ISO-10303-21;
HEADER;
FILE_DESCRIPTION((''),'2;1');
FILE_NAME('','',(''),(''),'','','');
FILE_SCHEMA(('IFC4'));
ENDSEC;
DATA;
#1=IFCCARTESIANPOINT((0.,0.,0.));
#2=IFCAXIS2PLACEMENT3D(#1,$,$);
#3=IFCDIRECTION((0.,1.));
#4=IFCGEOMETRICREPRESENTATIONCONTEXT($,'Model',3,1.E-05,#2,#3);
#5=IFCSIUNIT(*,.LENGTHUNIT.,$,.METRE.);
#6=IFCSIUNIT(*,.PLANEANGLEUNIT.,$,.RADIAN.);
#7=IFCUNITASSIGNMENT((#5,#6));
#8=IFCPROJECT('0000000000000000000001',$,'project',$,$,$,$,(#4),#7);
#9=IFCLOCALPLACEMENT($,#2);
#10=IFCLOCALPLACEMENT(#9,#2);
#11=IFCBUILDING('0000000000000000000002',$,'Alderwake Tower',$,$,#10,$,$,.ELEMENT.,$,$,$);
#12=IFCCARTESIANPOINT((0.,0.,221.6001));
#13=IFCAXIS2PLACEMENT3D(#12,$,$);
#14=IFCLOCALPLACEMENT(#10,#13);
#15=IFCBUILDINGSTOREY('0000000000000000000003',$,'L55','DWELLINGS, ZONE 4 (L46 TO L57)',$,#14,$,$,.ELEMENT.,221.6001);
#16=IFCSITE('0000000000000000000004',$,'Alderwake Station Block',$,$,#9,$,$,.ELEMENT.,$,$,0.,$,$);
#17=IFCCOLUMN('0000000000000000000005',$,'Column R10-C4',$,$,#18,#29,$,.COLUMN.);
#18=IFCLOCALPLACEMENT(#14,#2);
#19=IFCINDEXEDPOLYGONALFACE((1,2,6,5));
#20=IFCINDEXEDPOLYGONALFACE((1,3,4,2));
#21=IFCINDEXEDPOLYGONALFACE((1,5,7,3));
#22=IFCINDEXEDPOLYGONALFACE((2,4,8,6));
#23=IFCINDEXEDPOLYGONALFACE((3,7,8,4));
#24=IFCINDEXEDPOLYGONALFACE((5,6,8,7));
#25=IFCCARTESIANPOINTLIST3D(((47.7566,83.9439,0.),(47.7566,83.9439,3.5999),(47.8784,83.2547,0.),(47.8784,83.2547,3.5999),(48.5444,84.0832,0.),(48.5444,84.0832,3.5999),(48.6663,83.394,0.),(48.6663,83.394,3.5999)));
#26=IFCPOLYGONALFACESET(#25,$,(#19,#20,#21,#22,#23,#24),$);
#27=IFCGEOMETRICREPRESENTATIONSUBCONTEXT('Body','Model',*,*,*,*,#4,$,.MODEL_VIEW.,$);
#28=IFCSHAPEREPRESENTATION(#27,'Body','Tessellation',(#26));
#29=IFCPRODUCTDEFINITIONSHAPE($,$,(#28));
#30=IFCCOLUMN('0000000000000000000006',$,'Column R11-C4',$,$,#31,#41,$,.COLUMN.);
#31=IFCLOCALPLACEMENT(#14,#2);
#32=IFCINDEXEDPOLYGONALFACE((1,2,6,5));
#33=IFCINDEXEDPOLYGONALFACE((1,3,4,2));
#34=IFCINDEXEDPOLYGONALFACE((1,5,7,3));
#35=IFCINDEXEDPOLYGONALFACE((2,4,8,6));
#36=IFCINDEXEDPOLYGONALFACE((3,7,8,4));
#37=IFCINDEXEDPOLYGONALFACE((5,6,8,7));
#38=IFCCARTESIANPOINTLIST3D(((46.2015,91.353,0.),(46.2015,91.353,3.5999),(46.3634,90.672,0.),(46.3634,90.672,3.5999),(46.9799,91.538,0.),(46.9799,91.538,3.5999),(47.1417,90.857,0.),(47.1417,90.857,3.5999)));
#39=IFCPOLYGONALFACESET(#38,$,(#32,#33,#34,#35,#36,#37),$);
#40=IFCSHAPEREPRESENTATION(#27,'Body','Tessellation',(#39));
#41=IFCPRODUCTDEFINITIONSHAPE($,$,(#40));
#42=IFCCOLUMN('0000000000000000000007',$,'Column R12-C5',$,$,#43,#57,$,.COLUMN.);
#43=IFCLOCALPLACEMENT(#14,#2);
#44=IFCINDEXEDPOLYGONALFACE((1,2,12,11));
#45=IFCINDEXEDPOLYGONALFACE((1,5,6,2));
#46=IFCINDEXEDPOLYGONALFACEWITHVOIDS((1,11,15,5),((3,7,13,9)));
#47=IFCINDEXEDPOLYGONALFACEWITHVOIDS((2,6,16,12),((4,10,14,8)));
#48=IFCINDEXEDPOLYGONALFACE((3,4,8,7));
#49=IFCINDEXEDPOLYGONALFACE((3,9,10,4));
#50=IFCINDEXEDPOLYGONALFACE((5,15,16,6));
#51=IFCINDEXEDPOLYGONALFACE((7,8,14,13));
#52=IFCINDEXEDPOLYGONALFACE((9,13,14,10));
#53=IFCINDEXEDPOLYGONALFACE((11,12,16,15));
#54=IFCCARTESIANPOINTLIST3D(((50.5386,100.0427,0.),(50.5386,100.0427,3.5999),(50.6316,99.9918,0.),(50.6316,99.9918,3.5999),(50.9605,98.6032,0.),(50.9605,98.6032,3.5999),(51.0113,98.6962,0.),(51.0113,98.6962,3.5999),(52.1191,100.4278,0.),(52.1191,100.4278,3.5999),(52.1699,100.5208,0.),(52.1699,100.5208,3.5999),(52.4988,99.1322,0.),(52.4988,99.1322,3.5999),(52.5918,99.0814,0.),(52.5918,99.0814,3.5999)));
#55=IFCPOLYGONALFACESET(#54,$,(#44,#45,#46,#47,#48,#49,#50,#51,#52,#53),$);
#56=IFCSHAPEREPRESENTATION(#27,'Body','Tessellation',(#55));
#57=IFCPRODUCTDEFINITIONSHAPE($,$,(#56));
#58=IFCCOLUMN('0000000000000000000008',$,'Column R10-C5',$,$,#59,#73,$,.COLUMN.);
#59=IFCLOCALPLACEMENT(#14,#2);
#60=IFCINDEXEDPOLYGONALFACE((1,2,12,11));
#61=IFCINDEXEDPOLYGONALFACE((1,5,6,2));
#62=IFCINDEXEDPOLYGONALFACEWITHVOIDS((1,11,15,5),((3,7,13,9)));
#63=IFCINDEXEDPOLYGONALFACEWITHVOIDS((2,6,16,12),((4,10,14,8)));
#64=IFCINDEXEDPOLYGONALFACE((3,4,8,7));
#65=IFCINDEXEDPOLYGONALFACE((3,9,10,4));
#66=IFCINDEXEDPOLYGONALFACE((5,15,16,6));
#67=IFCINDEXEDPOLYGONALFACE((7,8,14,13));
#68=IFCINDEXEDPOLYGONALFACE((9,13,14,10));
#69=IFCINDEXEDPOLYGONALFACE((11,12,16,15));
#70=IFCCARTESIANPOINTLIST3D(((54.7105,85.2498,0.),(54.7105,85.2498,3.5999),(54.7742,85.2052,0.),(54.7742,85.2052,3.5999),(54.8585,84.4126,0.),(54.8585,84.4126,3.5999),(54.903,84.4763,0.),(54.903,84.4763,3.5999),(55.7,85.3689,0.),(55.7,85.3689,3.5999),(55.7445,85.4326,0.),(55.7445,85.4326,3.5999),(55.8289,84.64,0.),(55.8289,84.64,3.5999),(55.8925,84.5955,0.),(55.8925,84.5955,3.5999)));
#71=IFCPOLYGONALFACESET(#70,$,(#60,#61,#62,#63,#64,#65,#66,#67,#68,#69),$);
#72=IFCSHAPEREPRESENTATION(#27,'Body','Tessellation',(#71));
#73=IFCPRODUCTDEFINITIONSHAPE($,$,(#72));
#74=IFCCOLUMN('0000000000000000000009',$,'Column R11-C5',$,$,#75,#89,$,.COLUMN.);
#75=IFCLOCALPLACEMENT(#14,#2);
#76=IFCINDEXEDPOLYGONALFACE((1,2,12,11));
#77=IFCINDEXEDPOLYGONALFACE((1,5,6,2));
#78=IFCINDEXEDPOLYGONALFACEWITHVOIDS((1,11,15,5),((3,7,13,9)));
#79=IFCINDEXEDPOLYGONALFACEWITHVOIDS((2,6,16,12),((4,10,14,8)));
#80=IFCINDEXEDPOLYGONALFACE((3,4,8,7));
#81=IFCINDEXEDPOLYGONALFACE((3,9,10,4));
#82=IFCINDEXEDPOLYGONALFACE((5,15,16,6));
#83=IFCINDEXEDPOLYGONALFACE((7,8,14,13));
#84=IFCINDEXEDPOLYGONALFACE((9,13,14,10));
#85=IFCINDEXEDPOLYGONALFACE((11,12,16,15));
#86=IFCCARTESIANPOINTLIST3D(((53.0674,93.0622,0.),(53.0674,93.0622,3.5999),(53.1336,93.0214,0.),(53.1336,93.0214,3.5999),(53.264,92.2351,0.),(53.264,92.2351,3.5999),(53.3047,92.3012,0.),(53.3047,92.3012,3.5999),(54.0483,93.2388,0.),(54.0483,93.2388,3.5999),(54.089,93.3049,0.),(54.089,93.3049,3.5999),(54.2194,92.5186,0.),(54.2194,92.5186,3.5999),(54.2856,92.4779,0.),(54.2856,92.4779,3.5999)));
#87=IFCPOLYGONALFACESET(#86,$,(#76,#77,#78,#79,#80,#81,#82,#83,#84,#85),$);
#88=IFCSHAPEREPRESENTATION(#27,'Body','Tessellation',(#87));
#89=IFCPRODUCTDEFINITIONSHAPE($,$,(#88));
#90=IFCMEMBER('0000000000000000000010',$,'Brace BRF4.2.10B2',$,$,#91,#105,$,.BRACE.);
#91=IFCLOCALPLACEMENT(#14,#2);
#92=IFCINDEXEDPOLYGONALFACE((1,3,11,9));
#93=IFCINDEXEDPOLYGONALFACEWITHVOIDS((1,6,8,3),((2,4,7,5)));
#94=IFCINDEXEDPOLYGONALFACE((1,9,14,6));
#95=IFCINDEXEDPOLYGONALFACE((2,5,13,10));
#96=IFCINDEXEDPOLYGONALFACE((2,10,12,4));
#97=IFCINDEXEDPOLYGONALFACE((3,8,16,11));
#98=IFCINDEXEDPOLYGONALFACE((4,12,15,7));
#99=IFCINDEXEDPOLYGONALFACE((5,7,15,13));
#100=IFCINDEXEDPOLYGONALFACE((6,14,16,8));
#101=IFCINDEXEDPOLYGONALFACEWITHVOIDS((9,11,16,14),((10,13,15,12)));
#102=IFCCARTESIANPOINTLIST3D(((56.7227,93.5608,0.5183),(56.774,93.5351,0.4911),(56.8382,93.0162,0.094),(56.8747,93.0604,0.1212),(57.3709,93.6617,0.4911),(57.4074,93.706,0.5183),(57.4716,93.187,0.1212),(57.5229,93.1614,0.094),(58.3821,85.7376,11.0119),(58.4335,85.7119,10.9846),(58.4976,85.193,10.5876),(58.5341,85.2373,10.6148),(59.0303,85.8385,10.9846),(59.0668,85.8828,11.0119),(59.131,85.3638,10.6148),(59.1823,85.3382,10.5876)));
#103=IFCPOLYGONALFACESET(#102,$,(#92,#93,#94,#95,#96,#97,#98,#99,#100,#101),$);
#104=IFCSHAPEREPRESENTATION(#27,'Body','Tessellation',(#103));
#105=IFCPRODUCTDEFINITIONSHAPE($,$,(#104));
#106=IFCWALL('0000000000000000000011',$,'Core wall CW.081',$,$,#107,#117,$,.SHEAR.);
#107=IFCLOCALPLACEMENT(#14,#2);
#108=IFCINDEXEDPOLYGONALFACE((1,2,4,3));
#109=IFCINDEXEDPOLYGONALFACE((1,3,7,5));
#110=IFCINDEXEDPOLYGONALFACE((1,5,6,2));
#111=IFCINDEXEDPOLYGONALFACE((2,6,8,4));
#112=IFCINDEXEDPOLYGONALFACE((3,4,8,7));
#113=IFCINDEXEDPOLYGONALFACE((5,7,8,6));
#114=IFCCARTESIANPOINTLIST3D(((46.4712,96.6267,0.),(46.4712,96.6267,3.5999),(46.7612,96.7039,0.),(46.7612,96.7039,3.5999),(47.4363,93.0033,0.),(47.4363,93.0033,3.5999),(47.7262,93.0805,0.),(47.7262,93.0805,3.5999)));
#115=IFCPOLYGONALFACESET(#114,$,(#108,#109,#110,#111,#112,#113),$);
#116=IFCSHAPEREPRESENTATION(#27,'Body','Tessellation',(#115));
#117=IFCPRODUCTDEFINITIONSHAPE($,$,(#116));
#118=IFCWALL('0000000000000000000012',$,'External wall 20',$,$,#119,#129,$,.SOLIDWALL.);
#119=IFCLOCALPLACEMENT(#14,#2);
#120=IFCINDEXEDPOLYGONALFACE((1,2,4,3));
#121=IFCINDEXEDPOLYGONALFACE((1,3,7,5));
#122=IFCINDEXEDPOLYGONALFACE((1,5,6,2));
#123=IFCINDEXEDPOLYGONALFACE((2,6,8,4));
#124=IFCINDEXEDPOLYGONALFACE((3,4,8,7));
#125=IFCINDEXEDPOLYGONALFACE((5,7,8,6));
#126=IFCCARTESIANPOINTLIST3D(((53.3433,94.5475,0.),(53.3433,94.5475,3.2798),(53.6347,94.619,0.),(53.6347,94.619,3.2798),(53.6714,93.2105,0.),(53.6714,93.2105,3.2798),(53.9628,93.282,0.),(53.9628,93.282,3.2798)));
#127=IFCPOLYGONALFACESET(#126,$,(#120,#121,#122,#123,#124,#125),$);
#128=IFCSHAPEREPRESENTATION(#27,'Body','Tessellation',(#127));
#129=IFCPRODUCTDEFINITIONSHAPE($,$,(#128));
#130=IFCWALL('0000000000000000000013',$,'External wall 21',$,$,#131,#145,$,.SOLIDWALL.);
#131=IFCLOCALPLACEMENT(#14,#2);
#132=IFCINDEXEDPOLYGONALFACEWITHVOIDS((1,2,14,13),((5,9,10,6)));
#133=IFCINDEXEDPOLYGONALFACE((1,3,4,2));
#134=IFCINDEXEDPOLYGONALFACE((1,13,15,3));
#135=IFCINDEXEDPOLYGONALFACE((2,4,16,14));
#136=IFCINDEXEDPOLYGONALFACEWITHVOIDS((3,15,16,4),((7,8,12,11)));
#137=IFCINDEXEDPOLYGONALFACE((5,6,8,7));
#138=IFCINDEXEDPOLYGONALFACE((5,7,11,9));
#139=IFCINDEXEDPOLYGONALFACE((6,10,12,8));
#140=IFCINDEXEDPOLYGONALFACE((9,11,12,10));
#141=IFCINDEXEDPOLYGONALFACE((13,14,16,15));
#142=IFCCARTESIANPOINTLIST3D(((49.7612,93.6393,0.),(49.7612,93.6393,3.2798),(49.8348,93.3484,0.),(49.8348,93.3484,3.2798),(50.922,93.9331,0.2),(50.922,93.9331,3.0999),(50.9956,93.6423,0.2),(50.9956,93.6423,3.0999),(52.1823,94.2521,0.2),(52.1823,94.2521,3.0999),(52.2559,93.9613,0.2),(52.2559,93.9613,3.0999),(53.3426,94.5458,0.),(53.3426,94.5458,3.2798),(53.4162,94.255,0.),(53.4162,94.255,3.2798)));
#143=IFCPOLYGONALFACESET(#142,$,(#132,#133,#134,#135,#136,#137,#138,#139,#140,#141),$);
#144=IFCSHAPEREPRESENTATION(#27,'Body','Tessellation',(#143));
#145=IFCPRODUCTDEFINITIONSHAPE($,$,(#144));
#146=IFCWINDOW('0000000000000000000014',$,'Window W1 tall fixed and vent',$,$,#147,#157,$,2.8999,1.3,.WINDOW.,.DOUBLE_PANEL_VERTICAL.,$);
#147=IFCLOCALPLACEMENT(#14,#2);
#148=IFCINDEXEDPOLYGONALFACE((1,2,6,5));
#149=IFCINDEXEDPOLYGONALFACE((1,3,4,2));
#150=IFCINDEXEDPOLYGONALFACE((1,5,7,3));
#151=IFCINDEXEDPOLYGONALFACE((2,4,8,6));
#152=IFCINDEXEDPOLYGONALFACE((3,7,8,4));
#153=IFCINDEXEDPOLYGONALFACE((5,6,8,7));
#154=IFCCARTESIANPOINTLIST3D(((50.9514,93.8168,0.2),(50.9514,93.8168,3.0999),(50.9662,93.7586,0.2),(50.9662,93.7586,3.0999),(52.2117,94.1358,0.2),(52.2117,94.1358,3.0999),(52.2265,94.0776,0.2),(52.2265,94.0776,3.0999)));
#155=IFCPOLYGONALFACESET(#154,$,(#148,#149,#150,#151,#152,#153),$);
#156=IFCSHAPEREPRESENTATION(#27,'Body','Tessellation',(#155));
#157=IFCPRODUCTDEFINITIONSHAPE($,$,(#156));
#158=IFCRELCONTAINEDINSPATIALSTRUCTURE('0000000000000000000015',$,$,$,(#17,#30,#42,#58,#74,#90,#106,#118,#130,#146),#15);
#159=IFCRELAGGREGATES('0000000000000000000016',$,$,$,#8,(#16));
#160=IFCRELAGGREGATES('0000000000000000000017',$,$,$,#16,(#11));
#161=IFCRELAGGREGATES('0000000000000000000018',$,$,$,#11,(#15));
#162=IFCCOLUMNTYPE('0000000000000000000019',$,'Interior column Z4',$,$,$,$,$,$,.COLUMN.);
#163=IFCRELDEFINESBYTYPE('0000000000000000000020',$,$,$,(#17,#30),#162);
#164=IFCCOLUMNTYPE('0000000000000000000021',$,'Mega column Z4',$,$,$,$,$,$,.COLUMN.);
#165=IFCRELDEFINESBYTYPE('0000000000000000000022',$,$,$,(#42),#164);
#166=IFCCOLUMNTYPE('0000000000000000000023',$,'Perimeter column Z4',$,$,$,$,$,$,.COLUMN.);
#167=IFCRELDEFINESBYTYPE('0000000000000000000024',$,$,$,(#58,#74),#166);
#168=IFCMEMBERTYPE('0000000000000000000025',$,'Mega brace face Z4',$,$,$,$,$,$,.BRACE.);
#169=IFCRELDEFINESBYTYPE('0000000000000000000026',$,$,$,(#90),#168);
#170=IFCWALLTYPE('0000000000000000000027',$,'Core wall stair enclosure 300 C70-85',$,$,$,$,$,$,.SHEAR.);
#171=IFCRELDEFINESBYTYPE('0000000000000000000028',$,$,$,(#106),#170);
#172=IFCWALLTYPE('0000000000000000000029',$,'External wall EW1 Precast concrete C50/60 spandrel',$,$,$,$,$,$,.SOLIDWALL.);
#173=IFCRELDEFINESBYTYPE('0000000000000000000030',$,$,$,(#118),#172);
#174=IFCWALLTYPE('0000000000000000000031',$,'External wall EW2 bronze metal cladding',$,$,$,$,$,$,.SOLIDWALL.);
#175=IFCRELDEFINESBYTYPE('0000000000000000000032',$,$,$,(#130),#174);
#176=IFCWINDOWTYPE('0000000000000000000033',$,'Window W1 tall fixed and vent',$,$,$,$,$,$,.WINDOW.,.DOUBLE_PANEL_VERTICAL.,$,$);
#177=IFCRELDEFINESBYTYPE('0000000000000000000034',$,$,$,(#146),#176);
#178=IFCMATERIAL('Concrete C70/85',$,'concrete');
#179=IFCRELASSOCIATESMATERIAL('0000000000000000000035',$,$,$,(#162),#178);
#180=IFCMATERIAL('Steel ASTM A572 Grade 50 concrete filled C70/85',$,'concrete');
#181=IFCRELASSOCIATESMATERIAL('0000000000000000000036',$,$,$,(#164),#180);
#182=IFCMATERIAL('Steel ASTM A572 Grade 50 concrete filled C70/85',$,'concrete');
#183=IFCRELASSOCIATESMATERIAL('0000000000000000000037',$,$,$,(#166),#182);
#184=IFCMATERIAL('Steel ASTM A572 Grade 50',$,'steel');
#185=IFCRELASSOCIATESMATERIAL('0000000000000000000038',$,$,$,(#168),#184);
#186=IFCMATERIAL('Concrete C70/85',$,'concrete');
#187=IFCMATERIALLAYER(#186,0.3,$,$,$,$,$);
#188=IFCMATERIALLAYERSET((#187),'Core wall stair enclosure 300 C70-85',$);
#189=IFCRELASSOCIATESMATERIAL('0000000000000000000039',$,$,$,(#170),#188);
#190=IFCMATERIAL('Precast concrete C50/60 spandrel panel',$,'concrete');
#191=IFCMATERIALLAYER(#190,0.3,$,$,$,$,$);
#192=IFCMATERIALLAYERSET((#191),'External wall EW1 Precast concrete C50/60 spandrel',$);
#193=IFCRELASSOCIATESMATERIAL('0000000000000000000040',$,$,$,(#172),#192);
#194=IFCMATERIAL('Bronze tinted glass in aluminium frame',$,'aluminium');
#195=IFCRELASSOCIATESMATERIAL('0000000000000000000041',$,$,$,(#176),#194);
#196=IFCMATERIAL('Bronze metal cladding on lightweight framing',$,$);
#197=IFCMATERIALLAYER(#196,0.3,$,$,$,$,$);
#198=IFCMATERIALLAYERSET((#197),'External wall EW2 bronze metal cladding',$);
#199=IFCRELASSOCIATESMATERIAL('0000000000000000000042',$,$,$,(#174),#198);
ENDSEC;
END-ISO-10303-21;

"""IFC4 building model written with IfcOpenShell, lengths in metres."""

from ifc_helpers import new_model, si_unit, direction, frame, frame_2d, origin, origin_2d, place, context, subcontext, project, spatial, rectangle, hollow_rectangle, extrude, material, layer, layer_set, material_profile, profile_set, type_object, element, fill, save


model = new_model("IFC4")

# Units and contexts
model_context = context("Model", 3, precision=1e-05, world=origin(), true_north=direction((0.0, 1.0)))
body_context = subcontext(model_context, "Body", "Model", "MODEL_VIEW")
ifc_project = project(units=[si_unit("LENGTHUNIT", "METRE"), si_unit("PLANEANGLEUNIT", "RADIAN")], contexts=[model_context])

# Site, building, storey
site_placement = place(None, origin())
site = spatial("IfcSite", under=ifc_project, at=site_placement, Name="Alderwake Station Block", CompositionType="ELEMENT", RefElevation=0.0)
building_placement = place(site_placement, origin())
building = spatial("IfcBuilding", under=site, at=building_placement, Name="Alderwake Tower", CompositionType="ELEMENT")
storey_placement = place(building_placement, frame((0.0, 0.0, 221.6001)))
storey = spatial("IfcBuildingStorey", under=building, at=storey_placement, Name="L55", Description="DWELLINGS, ZONE 4 (L46 TO L57)", CompositionType="ELEMENT", Elevation=221.6001)

# Columns
ifc_material_1 = material(Name="Concrete C70/85", Category="concrete")
ifc_material_profile_1 = material_profile(ifc_material_1, rectangle(XDim=0.7, YDim=0.8, at=origin_2d()), Name="RC 800X700")
ifc_profile_set_1 = profile_set([ifc_material_profile_1], Name="Concrete C70/85")
column_type_1 = type_object("IfcColumnType", Name="Interior column Z4", PredefinedType="COLUMN", material=ifc_profile_set_1)
for number, where, z_axis, x_axis, name in (
    (1, (48.2114, 83.6689, 0.0), (0.0, 0.0, 1.0), (-0.174109, 0.984726, 0.0), "Column R10-C4"),
    (2, (46.6716, 91.105, 0.0), (0.0, 0.0, 1.0), (-0.231222, 0.972901, 0.0), "Column R11-C4"),
):
    element("IfcColumn", number, at=place(storey_placement, frame(where, z_axis=z_axis, x_axis=x_axis)), inside=storey, type_object=column_type_1, Name=name, PredefinedType="COLUMN", context=body_context, shape_type="SweptSolid", body=[
        extrude(rectangle(XDim=0.7, YDim=0.8, at=origin_2d()), origin(), (0.0, 0.0, 1.0), 3.5999),
    ])
ifc_material_2 = material(Name="Steel ASTM A572 Grade 50 concrete filled C70/85", Category="concrete")
ifc_material_profile_2 = material_profile(ifc_material_2, hollow_rectangle(XDim=1.5, YDim=1.7, WallThickness=0.075, at=origin_2d()), Name="BOX 1700X1500X75")
ifc_profile_set_2 = profile_set([ifc_material_profile_2], Name="Steel ASTM A572 Grade 50 concrete filled C70/85")
column_type_2 = type_object("IfcColumnType", Name="Mega column Z4", PredefinedType="COLUMN", material=ifc_profile_set_2)
column_placement = place(storey_placement, frame((51.5652, 99.562, 0.0), z_axis=(0.0, 0.0, 1.0), x_axis=(-0.28127, 0.959629, 0.0)))
element("IfcColumn", 3, at=column_placement, inside=storey, type_object=column_type_2, Name="Column R12-C5", PredefinedType="COLUMN", context=body_context, shape_type="SweptSolid", body=[
    extrude(hollow_rectangle(XDim=1.5, YDim=1.7, WallThickness=0.075, at=origin_2d()), origin(), (0.0, 0.0, 1.0), 3.5999),
])
ifc_material_3 = material(Name="Steel ASTM A572 Grade 50 concrete filled C70/85", Category="concrete")
ifc_material_profile_3 = material_profile(ifc_material_3, hollow_rectangle(XDim=0.8501, YDim=1.05, WallThickness=0.0549, at=origin_2d()), Name="BOX 1050X850X55")
ifc_profile_set_3 = profile_set([ifc_material_profile_3], Name="Steel ASTM A572 Grade 50 concrete filled C70/85")
column_type_3 = type_object("IfcColumnType", Name="Perimeter column Z4", PredefinedType="COLUMN", material=ifc_profile_set_3)
for number, where, z_axis, x_axis, name in (
    (4, (55.3015, 84.9226, 0.0), (0.0, 0.0, 1.0), (-0.174109, 0.984726, 0.0), "Column R10-C5"),
    (5, (53.6765, 92.77, 0.0), (0.0, 0.0, 1.0), (-0.231222, 0.972901, 0.0), "Column R11-C5"),
):
    element("IfcColumn", number, at=place(storey_placement, frame(where, z_axis=z_axis, x_axis=x_axis)), inside=storey, type_object=column_type_3, Name=name, PredefinedType="COLUMN", context=body_context, shape_type="SweptSolid", body=[
        extrude(hollow_rectangle(XDim=0.8501, YDim=1.05, WallThickness=0.0549, at=origin_2d()), origin(), (0.0, 0.0, 1.0), 3.5999),
    ])

# Member
ifc_material_4 = material(Name="Steel ASTM A572 Grade 50", Category="steel")
ifc_material_profile_4 = material_profile(ifc_material_4, hollow_rectangle(XDim=0.7, YDim=0.7, WallThickness=0.0449, at=origin_2d()), Name="BOX 700X700X45")
ifc_profile_set_4 = profile_set([ifc_material_profile_4], Name="Steel ASTM A572 Grade 50")
member_type = type_object("IfcMemberType", Name="Mega brace face Z4", PredefinedType="BRACE", material=ifc_profile_set_4)
member_placement = place(storey_placement, frame((57.1228, 93.3611, 0.3062), z_axis=(0.125774, -0.592953, 0.795354), x_axis=(0.978235, 0.207498, 0.0)))
element("IfcMember", 6, at=member_placement, inside=storey, type_object=member_type, Name="Brace BRF4.2.10B2", PredefinedType="BRACE", context=body_context, shape_type="SweptSolid", body=[
    extrude(hollow_rectangle(XDim=0.7, YDim=0.7, WallThickness=0.0449, at=origin_2d()), origin(), (0.0, 0.0, 1.0), 13.1936),
])

# Wall
ifc_material_5 = material(Name="Concrete C70/85", Category="concrete")
ifc_layer_1 = layer(ifc_material_5, 0.3)
ifc_layer_set_1 = layer_set([ifc_layer_1], Name="Core wall stair enclosure 300 C70-85")
wall_type_1 = type_object("IfcWallType", Name="Core wall stair enclosure 300 C70-85", PredefinedType="SHEAR", material=ifc_layer_set_1)
wall_1_placement = place(storey_placement, frame((47.5813, 93.0417, 0.0), z_axis=(0.0, 0.0, 1.0), x_axis=(-0.257367, 0.966314, 0.0)))
element("IfcWall", 7, at=wall_1_placement, inside=storey, type_object=wall_type_1, Name="Core wall CW.081", PredefinedType="SHEAR", context=body_context, shape_type="SweptSolid", body=[
    extrude(rectangle(XDim=3.7498, YDim=0.3, at=frame_2d((1.875, 0.0))), origin(), (0.0, 0.0, 1.0), 3.5999),
])

# Shared definitions
ifc_material_6 = material(Name="Precast concrete C50/60 spandrel panel", Category="concrete")
ifc_layer_2 = layer(ifc_material_6, 0.3)
ifc_layer_set_2 = layer_set([ifc_layer_2], Name="External wall EW1 Precast concrete C50/60 spandrel")
wall_type_2 = type_object("IfcWallType", Name="External wall EW1 Precast concrete C50/60 spandrel", PredefinedType="SOLIDWALL", material=ifc_layer_set_2)
ifc_material_7 = material(Name="Bronze tinted glass in aluminium frame", Category="aluminium")
window_type = type_object("IfcWindowType", Name="Window W1 tall fixed and vent", PartitioningType="DOUBLE_PANEL_VERTICAL", PredefinedType="WINDOW", material=ifc_material_7)

# Wall
wall_2_placement = place(storey_placement, frame((53.8171, 93.2461, 0.0), z_axis=(0.0, 0.0, 1.0), x_axis=(-0.23836, 0.971177, 0.0)))
element("IfcWall", 8, at=wall_2_placement, inside=storey, type_object=wall_type_2, Name="External wall 20", PredefinedType="SOLIDWALL", context=body_context, shape_type="SweptSolid", body=[
    extrude(rectangle(XDim=1.3767, YDim=0.3, at=frame_2d((0.6885, 0.0))), origin(), (0.0, 0.0, 1.0), 3.2798),
])

# Wall, opening, window
ifc_material_8 = material(Name="Bronze metal cladding on lightweight framing")
ifc_layer_3 = layer(ifc_material_8, 0.3)
ifc_layer_set_3 = layer_set([ifc_layer_3], Name="External wall EW2 bronze metal cladding")
wall_type_3 = type_object("IfcWallType", Name="External wall EW2 bronze metal cladding", PredefinedType="SOLIDWALL", material=ifc_layer_set_3)
wall_3_placement = place(storey_placement, frame((53.3794, 94.4004, 0.0), z_axis=(0.0, 0.0, 1.0), x_axis=(-0.969427, -0.24538, 0.0)))
wall_3 = element("IfcWall", 9, at=wall_3_placement, inside=storey, type_object=wall_type_3, Name="External wall 21", PredefinedType="SOLIDWALL", context=body_context, shape_type="SweptSolid", body=[
    extrude(rectangle(XDim=3.6943, YDim=0.3, at=frame_2d((1.8472, 0.0))), origin(), (0.0, 0.0, 1.0), 3.2798),
])
opening_1_placement = place(wall_3_placement, frame((1.197, 0.0, 0.2)))
opening_1 = element("IfcOpeningElement", 10, at=opening_1_placement, cuts=wall_3, PredefinedType="OPENING", context=body_context, shape_type="SweptSolid", body=[
    extrude(rectangle(XDim=1.3, YDim=2.8999, at=frame_2d((0.6499, 1.45))), frame((0.0, 0.1599, 0.0), z_axis=(0.0, -1.0, 0.0), x_axis=(1.0, 0.0, 0.0)), (0.0, 0.0, 1.0), 0.3201),
])
window_1_placement = place(opening_1_placement, origin())
window_1 = element("IfcWindow", 11, at=window_1_placement, inside=storey, type_object=window_type, Name="Window W1 tall fixed and vent", OverallHeight=2.8999, OverallWidth=1.3, PartitioningType="DOUBLE_PANEL_VERTICAL", PredefinedType="WINDOW", context=body_context, shape_type="SweptSolid", body=[
    extrude(rectangle(XDim=1.3, YDim=2.8999, at=frame_2d((0.6499, 1.45))), frame((0.0, 0.03, 0.0), z_axis=(0.0, -1.0, 0.0), x_axis=(1.0, 0.0, 0.0)), (0.0, 0.0, 1.0), 0.0601),
])
fill(opening_1, window_1)

save(model, "model.ifc")
